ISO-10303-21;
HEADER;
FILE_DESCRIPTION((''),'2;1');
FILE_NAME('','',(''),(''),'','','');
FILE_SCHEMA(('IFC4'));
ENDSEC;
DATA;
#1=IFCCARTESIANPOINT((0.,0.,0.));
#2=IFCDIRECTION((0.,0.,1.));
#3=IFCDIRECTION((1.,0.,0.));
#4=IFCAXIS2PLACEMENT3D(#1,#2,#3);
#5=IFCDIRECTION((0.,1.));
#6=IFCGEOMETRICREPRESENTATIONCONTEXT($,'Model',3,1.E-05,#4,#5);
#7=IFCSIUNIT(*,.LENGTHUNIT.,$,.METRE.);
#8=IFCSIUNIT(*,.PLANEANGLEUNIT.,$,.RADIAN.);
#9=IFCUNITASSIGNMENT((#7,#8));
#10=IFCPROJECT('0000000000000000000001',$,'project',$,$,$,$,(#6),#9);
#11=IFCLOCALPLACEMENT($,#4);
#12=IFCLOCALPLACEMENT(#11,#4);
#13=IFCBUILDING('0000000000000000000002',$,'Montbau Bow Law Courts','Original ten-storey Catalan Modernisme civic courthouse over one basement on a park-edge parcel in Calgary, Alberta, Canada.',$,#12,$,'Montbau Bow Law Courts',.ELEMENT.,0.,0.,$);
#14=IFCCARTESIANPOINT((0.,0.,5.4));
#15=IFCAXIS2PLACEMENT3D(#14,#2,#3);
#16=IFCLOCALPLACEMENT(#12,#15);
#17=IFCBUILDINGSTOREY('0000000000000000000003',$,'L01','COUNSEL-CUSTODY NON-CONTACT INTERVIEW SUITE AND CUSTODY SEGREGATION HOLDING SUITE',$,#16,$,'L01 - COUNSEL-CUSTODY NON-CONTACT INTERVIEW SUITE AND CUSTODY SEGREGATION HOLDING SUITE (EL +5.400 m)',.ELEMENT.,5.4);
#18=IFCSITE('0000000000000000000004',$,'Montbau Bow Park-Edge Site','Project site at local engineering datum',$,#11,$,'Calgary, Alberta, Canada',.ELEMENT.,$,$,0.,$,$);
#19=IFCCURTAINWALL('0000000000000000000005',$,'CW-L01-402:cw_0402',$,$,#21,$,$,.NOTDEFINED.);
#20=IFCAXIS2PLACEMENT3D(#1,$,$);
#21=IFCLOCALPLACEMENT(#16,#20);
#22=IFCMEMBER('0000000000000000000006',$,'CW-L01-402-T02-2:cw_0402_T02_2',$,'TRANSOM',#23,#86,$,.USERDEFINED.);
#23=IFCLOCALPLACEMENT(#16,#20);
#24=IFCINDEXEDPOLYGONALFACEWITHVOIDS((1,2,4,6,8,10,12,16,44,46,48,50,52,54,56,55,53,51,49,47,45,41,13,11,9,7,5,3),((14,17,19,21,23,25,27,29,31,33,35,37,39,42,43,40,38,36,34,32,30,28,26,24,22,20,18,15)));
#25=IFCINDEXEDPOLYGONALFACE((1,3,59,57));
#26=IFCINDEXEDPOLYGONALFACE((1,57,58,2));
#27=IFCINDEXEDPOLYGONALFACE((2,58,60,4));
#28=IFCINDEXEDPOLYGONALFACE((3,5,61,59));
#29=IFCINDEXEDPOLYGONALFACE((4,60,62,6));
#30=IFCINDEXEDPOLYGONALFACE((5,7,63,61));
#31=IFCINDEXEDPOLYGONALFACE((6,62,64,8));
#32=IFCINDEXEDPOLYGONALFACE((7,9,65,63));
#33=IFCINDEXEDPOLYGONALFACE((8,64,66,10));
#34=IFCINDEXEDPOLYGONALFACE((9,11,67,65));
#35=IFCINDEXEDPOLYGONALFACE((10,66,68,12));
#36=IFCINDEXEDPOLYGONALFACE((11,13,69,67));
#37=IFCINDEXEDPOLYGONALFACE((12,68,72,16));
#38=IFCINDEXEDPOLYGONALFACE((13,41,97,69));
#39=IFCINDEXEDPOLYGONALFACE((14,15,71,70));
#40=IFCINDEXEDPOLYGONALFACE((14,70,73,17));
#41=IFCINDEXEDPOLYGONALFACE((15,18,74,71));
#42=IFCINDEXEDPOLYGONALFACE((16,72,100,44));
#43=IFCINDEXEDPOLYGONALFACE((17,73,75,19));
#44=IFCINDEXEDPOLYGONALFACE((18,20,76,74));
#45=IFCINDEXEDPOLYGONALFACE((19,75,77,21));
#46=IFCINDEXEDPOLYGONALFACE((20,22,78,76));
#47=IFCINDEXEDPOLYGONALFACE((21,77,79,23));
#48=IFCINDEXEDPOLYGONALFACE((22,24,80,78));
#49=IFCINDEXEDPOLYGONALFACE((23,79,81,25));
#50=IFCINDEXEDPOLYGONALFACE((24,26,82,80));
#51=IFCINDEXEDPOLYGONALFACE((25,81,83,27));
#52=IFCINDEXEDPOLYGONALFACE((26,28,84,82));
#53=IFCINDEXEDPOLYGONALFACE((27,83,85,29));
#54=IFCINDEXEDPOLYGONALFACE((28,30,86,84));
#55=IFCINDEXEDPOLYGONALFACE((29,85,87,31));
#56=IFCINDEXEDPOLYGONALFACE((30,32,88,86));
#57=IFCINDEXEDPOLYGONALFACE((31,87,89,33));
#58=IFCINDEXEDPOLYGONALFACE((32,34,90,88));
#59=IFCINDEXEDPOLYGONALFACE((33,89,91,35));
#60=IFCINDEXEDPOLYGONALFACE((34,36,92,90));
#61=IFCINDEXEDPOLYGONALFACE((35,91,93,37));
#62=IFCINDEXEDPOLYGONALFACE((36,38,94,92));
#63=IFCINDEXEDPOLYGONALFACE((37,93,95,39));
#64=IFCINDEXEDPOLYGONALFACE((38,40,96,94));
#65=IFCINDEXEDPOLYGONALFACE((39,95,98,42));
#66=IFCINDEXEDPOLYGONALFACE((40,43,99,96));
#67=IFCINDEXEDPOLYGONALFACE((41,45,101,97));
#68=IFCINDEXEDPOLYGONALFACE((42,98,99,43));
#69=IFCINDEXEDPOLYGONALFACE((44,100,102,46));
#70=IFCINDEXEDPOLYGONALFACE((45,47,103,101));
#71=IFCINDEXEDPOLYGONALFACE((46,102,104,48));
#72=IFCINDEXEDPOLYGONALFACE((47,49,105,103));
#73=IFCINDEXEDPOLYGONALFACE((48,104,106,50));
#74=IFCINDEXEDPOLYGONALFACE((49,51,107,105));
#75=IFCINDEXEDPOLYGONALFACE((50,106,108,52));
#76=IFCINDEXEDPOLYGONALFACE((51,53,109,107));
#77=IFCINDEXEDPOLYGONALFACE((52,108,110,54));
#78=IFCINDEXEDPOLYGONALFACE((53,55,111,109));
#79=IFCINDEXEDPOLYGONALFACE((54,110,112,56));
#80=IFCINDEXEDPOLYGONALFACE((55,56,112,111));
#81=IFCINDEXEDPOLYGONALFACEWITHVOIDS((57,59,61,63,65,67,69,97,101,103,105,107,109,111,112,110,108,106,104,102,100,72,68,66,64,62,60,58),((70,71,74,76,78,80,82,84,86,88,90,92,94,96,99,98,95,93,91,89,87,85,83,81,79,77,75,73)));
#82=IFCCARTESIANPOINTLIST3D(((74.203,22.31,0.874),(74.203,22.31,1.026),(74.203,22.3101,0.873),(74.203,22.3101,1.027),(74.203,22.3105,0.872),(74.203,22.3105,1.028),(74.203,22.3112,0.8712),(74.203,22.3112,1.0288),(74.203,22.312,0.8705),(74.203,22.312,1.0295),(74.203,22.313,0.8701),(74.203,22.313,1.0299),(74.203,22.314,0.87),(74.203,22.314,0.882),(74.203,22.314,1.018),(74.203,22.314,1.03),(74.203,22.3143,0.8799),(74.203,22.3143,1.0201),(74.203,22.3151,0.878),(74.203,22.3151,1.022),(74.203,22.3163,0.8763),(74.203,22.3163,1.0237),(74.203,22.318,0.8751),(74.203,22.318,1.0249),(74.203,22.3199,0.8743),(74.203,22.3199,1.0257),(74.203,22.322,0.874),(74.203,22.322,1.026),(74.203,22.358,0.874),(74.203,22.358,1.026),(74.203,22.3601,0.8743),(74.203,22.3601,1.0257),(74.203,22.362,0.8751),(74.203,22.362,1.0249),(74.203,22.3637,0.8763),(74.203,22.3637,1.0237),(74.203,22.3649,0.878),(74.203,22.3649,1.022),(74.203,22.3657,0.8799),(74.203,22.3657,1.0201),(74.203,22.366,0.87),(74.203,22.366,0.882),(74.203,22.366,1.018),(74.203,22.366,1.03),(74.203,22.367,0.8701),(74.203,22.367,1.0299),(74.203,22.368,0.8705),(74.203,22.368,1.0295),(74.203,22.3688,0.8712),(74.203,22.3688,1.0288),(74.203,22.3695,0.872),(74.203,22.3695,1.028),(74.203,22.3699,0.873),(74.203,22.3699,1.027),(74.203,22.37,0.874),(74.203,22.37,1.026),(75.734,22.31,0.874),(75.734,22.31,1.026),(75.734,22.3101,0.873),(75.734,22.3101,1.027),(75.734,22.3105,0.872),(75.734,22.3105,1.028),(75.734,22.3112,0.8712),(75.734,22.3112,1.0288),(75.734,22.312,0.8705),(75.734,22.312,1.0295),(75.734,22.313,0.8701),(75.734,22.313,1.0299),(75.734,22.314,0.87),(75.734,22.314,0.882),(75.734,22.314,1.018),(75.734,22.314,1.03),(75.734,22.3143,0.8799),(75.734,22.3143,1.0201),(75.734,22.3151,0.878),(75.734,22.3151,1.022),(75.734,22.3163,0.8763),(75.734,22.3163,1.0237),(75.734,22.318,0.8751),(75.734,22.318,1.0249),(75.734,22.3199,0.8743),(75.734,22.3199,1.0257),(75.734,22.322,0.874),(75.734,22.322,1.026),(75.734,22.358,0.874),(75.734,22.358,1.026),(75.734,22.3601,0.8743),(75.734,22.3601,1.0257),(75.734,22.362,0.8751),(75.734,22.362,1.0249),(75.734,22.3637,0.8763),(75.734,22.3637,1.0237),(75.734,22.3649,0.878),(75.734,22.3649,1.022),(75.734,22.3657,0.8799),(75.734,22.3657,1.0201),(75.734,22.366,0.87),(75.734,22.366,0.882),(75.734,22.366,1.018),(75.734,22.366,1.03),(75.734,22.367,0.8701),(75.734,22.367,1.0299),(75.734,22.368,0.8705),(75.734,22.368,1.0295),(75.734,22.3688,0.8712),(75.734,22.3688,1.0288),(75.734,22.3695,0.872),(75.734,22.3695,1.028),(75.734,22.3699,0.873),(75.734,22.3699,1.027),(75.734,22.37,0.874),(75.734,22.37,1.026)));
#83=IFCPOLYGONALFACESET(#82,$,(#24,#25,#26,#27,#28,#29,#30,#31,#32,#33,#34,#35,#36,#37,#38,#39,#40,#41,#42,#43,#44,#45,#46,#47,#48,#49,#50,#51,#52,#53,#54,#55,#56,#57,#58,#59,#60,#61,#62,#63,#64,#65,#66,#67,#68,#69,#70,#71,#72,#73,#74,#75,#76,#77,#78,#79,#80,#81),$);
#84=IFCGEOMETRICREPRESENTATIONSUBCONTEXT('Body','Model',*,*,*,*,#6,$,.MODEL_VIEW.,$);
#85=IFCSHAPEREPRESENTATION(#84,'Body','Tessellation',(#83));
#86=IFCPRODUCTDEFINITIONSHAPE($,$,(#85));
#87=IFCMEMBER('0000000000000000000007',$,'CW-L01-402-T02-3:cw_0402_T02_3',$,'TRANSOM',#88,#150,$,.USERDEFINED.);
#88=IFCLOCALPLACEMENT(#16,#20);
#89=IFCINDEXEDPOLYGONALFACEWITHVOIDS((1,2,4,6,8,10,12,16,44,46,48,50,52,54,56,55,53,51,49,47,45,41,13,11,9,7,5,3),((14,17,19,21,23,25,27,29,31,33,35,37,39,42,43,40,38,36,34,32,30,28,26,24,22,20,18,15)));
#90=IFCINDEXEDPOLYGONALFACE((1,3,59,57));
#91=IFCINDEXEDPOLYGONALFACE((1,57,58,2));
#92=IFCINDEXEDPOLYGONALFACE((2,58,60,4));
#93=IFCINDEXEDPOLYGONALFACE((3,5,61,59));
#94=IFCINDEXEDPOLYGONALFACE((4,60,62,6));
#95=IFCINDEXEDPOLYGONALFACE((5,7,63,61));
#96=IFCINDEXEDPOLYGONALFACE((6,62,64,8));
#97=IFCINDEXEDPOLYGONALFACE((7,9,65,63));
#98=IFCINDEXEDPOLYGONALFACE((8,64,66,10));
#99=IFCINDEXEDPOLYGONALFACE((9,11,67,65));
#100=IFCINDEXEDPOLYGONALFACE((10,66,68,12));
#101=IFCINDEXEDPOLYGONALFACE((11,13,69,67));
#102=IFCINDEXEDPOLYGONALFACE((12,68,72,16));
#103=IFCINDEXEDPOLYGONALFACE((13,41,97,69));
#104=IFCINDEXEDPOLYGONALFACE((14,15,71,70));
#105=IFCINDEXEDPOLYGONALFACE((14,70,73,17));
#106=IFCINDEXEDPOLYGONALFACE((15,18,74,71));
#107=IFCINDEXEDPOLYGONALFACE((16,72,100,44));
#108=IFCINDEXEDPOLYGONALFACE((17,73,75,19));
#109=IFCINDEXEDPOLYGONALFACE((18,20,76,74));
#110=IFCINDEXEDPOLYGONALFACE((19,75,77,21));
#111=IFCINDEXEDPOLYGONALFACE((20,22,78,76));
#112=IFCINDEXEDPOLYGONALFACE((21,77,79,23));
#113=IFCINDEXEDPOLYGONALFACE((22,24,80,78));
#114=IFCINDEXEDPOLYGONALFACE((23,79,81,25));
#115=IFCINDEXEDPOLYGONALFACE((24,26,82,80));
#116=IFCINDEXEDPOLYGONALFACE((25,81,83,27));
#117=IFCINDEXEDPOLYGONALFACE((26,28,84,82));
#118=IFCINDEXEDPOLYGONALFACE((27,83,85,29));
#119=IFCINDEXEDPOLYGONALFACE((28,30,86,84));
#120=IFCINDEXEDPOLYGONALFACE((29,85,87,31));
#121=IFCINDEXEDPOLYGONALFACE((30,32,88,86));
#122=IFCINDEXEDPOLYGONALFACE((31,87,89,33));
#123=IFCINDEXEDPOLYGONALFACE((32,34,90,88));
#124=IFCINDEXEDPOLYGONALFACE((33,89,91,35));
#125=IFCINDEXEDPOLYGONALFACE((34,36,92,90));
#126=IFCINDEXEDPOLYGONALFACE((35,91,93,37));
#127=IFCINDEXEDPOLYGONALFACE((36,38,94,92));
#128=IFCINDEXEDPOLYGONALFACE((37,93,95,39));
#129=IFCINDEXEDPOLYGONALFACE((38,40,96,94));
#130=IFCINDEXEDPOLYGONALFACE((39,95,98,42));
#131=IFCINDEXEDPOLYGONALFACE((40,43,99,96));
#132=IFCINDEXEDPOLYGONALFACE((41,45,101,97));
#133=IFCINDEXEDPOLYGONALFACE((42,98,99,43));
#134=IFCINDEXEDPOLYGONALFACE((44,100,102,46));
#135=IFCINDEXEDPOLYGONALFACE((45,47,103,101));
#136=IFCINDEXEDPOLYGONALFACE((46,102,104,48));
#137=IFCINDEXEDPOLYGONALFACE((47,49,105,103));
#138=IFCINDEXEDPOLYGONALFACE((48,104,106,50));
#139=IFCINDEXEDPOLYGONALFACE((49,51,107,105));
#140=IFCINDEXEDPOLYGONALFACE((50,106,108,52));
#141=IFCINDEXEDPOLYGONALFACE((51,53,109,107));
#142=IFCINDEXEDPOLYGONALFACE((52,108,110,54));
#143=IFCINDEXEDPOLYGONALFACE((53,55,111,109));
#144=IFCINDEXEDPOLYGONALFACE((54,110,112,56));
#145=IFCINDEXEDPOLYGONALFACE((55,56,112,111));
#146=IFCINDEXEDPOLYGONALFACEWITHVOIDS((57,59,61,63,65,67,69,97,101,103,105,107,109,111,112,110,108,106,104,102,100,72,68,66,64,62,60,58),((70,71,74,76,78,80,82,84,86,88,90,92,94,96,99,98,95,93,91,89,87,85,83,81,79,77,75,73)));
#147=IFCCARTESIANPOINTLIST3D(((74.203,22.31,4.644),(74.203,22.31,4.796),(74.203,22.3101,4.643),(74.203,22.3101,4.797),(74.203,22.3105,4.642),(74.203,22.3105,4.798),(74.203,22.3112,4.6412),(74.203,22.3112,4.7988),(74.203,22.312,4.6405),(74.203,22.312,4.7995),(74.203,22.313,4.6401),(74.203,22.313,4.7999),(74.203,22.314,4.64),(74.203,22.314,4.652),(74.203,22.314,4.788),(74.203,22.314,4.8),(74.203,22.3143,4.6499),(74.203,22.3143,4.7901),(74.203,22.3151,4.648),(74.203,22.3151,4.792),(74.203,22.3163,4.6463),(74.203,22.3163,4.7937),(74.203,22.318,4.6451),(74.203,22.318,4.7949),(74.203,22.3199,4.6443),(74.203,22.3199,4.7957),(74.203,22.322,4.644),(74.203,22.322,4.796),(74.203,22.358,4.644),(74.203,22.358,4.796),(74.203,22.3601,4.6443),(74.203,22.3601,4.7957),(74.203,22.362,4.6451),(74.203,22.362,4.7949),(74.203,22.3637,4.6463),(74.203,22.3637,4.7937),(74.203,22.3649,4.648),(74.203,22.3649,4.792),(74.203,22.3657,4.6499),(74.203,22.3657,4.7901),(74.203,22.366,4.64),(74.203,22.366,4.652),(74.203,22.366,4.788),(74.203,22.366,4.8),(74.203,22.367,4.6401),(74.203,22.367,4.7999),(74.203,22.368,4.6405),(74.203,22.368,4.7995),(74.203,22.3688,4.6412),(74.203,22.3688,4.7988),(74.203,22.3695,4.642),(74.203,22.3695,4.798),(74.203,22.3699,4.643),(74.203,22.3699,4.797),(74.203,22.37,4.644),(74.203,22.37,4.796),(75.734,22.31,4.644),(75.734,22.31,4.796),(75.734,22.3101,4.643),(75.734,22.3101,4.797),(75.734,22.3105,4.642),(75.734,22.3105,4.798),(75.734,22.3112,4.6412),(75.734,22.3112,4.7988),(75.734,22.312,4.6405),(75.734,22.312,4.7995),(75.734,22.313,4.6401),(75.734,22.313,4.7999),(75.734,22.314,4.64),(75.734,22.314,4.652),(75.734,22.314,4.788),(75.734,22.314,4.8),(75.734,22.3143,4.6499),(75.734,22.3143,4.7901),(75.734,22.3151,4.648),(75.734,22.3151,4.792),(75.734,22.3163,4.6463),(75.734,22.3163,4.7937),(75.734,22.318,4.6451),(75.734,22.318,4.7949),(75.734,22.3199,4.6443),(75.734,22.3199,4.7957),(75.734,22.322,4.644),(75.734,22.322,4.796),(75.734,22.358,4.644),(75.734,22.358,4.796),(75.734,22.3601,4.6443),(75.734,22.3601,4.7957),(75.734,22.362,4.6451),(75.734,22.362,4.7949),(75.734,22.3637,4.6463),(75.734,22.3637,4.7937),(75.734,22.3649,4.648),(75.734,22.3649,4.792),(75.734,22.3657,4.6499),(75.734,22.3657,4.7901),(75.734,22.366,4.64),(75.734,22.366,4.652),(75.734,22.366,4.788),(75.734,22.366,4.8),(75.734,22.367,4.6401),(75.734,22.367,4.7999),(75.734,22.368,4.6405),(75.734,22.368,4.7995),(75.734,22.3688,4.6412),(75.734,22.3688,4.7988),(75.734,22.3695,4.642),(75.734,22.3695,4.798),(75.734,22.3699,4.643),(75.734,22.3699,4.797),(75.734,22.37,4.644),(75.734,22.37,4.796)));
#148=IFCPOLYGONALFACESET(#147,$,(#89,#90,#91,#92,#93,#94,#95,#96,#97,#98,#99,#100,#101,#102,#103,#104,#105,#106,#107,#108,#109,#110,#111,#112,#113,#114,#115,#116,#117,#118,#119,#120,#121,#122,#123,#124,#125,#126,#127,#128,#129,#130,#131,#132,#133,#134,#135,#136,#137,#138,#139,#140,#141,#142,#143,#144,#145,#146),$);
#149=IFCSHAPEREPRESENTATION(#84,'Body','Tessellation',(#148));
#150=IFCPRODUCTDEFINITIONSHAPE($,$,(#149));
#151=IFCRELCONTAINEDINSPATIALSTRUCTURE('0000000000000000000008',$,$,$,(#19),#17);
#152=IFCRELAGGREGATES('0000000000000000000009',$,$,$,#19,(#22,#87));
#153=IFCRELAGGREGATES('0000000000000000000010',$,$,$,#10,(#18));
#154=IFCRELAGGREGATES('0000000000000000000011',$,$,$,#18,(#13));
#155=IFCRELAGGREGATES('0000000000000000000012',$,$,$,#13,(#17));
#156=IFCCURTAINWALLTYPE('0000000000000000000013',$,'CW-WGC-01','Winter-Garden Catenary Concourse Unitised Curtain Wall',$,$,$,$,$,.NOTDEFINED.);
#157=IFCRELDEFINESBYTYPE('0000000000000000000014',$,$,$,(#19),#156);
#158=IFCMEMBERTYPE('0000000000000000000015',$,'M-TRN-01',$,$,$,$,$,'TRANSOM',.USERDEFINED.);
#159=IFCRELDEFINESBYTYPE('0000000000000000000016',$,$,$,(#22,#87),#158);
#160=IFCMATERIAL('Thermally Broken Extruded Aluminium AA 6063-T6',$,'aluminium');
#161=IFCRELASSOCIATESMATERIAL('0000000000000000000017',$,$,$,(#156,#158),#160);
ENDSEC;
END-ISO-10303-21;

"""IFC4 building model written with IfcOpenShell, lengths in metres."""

from ifc_helpers import new_model, si_unit, direction, frame, origin_with_axes, origin_2d_with_axis, place, context, subcontext, project, spatial, hollow_rectangle, extrude, material, material_profile, profile_set, type_object, element, aggregate, save


model = new_model("IFC4")

# Units and contexts
model_context = context("Model", 3, precision=1e-05, world=origin_with_axes(), true_north=direction((0.0, 1.0)))
body_context = subcontext(model_context, "Body", "Model", "MODEL_VIEW")
ifc_project = project(units=[si_unit("LENGTHUNIT", "METRE"), si_unit("PLANEANGLEUNIT", "RADIAN")], contexts=[model_context])

# Site, building, storey
site_placement = place(None, origin_with_axes())
site = spatial("IfcSite", under=ifc_project, at=site_placement, Name="Montbau Bow Park-Edge Site", Description="Project site at local engineering datum", LongName="Calgary, Alberta, Canada", CompositionType="ELEMENT", RefElevation=0.0)
building_placement = place(site_placement, origin_with_axes())
building = spatial("IfcBuilding", under=site, at=building_placement, Name="Montbau Bow Law Courts", Description="Original ten-storey Catalan Modernisme civic courthouse over one basement on a park-edge parcel in Calgary, Alberta, Canada.", LongName="Montbau Bow Law Courts", CompositionType="ELEMENT", ElevationOfRefHeight=0.0, ElevationOfTerrain=0.0)
storey_placement = place(building_placement, frame((0.0, 0.0, 5.4), z_axis=(0.0, 0.0, 1.0), x_axis=(1.0, 0.0, 0.0)))
storey = spatial("IfcBuildingStorey", under=building, at=storey_placement, Name="L01", Description="COUNSEL-CUSTODY NON-CONTACT INTERVIEW SUITE AND CUSTODY SEGREGATION HOLDING SUITE", LongName="L01 - COUNSEL-CUSTODY NON-CONTACT INTERVIEW SUITE AND CUSTODY SEGREGATION HOLDING SUITE (EL +5.400 m)", CompositionType="ELEMENT", Elevation=5.4)

# Curtain wall
ifc_material_1 = material(Name="Thermally Broken Extruded Aluminium AA 6063-T6", Category="aluminium")
curtain_wall_type = type_object("IfcCurtainWallType", Name="CW-WGC-01", Description="Winter-Garden Catenary Concourse Unitised Curtain Wall", PredefinedType="NOTDEFINED", material=ifc_material_1)
curtain_wall_1_placement = place(None, frame((72.515, 22.34, 5.4), z_axis=(0.0, 0.0, 1.0), x_axis=(1.0, 0.0, 0.0)))
curtain_wall_1 = element("IfcCurtainWall", 1, at=curtain_wall_1_placement, inside=storey, type_object=curtain_wall_type, Name="CW-L01-402:cw_0402", PredefinedType="NOTDEFINED")

# Members
ifc_material_profile_1 = material_profile(ifc_material_1, hollow_rectangle(XDim=0.06, YDim=0.16, WallThickness=0.004, InnerFilletRadius=0.008, OuterFilletRadius=0.004, at=origin_2d_with_axis()), Name="CWT-160X60", Category="Main", Priority=0)
ifc_profile_set_1 = profile_set([ifc_material_profile_1], Name="Thermally Broken Extruded Aluminium AA 6063-T6")
member_type_1 = type_object("IfcMemberType", Name="M-TRN-01", ElementType="TRANSOM", PredefinedType="USERDEFINED", material=ifc_profile_set_1)
member_1_placement = place(None, frame((74.203, 22.34, 6.35), z_axis=(1.0, 0.0, 0.0), x_axis=(0.0, 1.0, 0.0)))
member_1 = element("IfcMember", 2, at=member_1_placement, type_object=member_type_1, Name="CW-L01-402-T02-2:cw_0402_T02_2", ObjectType="TRANSOM", PredefinedType="USERDEFINED", context=body_context, shape_type="SweptSolid", body=[
    extrude(hollow_rectangle(XDim=0.06, YDim=0.16, WallThickness=0.004, InnerFilletRadius=0.008, OuterFilletRadius=0.004, at=origin_2d_with_axis()), origin_with_axes(), (0.0, 0.0, 1.0), 1.531),
])
member_2_placement = place(None, frame((74.203, 22.34, 10.12), z_axis=(1.0, 0.0, 0.0), x_axis=(0.0, 1.0, 0.0)))
member_2 = element("IfcMember", 3, at=member_2_placement, type_object=member_type_1, Name="CW-L01-402-T02-3:cw_0402_T02_3", ObjectType="TRANSOM", PredefinedType="USERDEFINED", context=body_context, shape_type="SweptSolid", body=[
    extrude(hollow_rectangle(XDim=0.06, YDim=0.16, WallThickness=0.004, InnerFilletRadius=0.008, OuterFilletRadius=0.004, at=origin_2d_with_axis()), origin_with_axes(), (0.0, 0.0, 1.0), 1.531),
])

aggregate(curtain_wall_1, [member_1, member_2])

save(model, "model.ifc")
